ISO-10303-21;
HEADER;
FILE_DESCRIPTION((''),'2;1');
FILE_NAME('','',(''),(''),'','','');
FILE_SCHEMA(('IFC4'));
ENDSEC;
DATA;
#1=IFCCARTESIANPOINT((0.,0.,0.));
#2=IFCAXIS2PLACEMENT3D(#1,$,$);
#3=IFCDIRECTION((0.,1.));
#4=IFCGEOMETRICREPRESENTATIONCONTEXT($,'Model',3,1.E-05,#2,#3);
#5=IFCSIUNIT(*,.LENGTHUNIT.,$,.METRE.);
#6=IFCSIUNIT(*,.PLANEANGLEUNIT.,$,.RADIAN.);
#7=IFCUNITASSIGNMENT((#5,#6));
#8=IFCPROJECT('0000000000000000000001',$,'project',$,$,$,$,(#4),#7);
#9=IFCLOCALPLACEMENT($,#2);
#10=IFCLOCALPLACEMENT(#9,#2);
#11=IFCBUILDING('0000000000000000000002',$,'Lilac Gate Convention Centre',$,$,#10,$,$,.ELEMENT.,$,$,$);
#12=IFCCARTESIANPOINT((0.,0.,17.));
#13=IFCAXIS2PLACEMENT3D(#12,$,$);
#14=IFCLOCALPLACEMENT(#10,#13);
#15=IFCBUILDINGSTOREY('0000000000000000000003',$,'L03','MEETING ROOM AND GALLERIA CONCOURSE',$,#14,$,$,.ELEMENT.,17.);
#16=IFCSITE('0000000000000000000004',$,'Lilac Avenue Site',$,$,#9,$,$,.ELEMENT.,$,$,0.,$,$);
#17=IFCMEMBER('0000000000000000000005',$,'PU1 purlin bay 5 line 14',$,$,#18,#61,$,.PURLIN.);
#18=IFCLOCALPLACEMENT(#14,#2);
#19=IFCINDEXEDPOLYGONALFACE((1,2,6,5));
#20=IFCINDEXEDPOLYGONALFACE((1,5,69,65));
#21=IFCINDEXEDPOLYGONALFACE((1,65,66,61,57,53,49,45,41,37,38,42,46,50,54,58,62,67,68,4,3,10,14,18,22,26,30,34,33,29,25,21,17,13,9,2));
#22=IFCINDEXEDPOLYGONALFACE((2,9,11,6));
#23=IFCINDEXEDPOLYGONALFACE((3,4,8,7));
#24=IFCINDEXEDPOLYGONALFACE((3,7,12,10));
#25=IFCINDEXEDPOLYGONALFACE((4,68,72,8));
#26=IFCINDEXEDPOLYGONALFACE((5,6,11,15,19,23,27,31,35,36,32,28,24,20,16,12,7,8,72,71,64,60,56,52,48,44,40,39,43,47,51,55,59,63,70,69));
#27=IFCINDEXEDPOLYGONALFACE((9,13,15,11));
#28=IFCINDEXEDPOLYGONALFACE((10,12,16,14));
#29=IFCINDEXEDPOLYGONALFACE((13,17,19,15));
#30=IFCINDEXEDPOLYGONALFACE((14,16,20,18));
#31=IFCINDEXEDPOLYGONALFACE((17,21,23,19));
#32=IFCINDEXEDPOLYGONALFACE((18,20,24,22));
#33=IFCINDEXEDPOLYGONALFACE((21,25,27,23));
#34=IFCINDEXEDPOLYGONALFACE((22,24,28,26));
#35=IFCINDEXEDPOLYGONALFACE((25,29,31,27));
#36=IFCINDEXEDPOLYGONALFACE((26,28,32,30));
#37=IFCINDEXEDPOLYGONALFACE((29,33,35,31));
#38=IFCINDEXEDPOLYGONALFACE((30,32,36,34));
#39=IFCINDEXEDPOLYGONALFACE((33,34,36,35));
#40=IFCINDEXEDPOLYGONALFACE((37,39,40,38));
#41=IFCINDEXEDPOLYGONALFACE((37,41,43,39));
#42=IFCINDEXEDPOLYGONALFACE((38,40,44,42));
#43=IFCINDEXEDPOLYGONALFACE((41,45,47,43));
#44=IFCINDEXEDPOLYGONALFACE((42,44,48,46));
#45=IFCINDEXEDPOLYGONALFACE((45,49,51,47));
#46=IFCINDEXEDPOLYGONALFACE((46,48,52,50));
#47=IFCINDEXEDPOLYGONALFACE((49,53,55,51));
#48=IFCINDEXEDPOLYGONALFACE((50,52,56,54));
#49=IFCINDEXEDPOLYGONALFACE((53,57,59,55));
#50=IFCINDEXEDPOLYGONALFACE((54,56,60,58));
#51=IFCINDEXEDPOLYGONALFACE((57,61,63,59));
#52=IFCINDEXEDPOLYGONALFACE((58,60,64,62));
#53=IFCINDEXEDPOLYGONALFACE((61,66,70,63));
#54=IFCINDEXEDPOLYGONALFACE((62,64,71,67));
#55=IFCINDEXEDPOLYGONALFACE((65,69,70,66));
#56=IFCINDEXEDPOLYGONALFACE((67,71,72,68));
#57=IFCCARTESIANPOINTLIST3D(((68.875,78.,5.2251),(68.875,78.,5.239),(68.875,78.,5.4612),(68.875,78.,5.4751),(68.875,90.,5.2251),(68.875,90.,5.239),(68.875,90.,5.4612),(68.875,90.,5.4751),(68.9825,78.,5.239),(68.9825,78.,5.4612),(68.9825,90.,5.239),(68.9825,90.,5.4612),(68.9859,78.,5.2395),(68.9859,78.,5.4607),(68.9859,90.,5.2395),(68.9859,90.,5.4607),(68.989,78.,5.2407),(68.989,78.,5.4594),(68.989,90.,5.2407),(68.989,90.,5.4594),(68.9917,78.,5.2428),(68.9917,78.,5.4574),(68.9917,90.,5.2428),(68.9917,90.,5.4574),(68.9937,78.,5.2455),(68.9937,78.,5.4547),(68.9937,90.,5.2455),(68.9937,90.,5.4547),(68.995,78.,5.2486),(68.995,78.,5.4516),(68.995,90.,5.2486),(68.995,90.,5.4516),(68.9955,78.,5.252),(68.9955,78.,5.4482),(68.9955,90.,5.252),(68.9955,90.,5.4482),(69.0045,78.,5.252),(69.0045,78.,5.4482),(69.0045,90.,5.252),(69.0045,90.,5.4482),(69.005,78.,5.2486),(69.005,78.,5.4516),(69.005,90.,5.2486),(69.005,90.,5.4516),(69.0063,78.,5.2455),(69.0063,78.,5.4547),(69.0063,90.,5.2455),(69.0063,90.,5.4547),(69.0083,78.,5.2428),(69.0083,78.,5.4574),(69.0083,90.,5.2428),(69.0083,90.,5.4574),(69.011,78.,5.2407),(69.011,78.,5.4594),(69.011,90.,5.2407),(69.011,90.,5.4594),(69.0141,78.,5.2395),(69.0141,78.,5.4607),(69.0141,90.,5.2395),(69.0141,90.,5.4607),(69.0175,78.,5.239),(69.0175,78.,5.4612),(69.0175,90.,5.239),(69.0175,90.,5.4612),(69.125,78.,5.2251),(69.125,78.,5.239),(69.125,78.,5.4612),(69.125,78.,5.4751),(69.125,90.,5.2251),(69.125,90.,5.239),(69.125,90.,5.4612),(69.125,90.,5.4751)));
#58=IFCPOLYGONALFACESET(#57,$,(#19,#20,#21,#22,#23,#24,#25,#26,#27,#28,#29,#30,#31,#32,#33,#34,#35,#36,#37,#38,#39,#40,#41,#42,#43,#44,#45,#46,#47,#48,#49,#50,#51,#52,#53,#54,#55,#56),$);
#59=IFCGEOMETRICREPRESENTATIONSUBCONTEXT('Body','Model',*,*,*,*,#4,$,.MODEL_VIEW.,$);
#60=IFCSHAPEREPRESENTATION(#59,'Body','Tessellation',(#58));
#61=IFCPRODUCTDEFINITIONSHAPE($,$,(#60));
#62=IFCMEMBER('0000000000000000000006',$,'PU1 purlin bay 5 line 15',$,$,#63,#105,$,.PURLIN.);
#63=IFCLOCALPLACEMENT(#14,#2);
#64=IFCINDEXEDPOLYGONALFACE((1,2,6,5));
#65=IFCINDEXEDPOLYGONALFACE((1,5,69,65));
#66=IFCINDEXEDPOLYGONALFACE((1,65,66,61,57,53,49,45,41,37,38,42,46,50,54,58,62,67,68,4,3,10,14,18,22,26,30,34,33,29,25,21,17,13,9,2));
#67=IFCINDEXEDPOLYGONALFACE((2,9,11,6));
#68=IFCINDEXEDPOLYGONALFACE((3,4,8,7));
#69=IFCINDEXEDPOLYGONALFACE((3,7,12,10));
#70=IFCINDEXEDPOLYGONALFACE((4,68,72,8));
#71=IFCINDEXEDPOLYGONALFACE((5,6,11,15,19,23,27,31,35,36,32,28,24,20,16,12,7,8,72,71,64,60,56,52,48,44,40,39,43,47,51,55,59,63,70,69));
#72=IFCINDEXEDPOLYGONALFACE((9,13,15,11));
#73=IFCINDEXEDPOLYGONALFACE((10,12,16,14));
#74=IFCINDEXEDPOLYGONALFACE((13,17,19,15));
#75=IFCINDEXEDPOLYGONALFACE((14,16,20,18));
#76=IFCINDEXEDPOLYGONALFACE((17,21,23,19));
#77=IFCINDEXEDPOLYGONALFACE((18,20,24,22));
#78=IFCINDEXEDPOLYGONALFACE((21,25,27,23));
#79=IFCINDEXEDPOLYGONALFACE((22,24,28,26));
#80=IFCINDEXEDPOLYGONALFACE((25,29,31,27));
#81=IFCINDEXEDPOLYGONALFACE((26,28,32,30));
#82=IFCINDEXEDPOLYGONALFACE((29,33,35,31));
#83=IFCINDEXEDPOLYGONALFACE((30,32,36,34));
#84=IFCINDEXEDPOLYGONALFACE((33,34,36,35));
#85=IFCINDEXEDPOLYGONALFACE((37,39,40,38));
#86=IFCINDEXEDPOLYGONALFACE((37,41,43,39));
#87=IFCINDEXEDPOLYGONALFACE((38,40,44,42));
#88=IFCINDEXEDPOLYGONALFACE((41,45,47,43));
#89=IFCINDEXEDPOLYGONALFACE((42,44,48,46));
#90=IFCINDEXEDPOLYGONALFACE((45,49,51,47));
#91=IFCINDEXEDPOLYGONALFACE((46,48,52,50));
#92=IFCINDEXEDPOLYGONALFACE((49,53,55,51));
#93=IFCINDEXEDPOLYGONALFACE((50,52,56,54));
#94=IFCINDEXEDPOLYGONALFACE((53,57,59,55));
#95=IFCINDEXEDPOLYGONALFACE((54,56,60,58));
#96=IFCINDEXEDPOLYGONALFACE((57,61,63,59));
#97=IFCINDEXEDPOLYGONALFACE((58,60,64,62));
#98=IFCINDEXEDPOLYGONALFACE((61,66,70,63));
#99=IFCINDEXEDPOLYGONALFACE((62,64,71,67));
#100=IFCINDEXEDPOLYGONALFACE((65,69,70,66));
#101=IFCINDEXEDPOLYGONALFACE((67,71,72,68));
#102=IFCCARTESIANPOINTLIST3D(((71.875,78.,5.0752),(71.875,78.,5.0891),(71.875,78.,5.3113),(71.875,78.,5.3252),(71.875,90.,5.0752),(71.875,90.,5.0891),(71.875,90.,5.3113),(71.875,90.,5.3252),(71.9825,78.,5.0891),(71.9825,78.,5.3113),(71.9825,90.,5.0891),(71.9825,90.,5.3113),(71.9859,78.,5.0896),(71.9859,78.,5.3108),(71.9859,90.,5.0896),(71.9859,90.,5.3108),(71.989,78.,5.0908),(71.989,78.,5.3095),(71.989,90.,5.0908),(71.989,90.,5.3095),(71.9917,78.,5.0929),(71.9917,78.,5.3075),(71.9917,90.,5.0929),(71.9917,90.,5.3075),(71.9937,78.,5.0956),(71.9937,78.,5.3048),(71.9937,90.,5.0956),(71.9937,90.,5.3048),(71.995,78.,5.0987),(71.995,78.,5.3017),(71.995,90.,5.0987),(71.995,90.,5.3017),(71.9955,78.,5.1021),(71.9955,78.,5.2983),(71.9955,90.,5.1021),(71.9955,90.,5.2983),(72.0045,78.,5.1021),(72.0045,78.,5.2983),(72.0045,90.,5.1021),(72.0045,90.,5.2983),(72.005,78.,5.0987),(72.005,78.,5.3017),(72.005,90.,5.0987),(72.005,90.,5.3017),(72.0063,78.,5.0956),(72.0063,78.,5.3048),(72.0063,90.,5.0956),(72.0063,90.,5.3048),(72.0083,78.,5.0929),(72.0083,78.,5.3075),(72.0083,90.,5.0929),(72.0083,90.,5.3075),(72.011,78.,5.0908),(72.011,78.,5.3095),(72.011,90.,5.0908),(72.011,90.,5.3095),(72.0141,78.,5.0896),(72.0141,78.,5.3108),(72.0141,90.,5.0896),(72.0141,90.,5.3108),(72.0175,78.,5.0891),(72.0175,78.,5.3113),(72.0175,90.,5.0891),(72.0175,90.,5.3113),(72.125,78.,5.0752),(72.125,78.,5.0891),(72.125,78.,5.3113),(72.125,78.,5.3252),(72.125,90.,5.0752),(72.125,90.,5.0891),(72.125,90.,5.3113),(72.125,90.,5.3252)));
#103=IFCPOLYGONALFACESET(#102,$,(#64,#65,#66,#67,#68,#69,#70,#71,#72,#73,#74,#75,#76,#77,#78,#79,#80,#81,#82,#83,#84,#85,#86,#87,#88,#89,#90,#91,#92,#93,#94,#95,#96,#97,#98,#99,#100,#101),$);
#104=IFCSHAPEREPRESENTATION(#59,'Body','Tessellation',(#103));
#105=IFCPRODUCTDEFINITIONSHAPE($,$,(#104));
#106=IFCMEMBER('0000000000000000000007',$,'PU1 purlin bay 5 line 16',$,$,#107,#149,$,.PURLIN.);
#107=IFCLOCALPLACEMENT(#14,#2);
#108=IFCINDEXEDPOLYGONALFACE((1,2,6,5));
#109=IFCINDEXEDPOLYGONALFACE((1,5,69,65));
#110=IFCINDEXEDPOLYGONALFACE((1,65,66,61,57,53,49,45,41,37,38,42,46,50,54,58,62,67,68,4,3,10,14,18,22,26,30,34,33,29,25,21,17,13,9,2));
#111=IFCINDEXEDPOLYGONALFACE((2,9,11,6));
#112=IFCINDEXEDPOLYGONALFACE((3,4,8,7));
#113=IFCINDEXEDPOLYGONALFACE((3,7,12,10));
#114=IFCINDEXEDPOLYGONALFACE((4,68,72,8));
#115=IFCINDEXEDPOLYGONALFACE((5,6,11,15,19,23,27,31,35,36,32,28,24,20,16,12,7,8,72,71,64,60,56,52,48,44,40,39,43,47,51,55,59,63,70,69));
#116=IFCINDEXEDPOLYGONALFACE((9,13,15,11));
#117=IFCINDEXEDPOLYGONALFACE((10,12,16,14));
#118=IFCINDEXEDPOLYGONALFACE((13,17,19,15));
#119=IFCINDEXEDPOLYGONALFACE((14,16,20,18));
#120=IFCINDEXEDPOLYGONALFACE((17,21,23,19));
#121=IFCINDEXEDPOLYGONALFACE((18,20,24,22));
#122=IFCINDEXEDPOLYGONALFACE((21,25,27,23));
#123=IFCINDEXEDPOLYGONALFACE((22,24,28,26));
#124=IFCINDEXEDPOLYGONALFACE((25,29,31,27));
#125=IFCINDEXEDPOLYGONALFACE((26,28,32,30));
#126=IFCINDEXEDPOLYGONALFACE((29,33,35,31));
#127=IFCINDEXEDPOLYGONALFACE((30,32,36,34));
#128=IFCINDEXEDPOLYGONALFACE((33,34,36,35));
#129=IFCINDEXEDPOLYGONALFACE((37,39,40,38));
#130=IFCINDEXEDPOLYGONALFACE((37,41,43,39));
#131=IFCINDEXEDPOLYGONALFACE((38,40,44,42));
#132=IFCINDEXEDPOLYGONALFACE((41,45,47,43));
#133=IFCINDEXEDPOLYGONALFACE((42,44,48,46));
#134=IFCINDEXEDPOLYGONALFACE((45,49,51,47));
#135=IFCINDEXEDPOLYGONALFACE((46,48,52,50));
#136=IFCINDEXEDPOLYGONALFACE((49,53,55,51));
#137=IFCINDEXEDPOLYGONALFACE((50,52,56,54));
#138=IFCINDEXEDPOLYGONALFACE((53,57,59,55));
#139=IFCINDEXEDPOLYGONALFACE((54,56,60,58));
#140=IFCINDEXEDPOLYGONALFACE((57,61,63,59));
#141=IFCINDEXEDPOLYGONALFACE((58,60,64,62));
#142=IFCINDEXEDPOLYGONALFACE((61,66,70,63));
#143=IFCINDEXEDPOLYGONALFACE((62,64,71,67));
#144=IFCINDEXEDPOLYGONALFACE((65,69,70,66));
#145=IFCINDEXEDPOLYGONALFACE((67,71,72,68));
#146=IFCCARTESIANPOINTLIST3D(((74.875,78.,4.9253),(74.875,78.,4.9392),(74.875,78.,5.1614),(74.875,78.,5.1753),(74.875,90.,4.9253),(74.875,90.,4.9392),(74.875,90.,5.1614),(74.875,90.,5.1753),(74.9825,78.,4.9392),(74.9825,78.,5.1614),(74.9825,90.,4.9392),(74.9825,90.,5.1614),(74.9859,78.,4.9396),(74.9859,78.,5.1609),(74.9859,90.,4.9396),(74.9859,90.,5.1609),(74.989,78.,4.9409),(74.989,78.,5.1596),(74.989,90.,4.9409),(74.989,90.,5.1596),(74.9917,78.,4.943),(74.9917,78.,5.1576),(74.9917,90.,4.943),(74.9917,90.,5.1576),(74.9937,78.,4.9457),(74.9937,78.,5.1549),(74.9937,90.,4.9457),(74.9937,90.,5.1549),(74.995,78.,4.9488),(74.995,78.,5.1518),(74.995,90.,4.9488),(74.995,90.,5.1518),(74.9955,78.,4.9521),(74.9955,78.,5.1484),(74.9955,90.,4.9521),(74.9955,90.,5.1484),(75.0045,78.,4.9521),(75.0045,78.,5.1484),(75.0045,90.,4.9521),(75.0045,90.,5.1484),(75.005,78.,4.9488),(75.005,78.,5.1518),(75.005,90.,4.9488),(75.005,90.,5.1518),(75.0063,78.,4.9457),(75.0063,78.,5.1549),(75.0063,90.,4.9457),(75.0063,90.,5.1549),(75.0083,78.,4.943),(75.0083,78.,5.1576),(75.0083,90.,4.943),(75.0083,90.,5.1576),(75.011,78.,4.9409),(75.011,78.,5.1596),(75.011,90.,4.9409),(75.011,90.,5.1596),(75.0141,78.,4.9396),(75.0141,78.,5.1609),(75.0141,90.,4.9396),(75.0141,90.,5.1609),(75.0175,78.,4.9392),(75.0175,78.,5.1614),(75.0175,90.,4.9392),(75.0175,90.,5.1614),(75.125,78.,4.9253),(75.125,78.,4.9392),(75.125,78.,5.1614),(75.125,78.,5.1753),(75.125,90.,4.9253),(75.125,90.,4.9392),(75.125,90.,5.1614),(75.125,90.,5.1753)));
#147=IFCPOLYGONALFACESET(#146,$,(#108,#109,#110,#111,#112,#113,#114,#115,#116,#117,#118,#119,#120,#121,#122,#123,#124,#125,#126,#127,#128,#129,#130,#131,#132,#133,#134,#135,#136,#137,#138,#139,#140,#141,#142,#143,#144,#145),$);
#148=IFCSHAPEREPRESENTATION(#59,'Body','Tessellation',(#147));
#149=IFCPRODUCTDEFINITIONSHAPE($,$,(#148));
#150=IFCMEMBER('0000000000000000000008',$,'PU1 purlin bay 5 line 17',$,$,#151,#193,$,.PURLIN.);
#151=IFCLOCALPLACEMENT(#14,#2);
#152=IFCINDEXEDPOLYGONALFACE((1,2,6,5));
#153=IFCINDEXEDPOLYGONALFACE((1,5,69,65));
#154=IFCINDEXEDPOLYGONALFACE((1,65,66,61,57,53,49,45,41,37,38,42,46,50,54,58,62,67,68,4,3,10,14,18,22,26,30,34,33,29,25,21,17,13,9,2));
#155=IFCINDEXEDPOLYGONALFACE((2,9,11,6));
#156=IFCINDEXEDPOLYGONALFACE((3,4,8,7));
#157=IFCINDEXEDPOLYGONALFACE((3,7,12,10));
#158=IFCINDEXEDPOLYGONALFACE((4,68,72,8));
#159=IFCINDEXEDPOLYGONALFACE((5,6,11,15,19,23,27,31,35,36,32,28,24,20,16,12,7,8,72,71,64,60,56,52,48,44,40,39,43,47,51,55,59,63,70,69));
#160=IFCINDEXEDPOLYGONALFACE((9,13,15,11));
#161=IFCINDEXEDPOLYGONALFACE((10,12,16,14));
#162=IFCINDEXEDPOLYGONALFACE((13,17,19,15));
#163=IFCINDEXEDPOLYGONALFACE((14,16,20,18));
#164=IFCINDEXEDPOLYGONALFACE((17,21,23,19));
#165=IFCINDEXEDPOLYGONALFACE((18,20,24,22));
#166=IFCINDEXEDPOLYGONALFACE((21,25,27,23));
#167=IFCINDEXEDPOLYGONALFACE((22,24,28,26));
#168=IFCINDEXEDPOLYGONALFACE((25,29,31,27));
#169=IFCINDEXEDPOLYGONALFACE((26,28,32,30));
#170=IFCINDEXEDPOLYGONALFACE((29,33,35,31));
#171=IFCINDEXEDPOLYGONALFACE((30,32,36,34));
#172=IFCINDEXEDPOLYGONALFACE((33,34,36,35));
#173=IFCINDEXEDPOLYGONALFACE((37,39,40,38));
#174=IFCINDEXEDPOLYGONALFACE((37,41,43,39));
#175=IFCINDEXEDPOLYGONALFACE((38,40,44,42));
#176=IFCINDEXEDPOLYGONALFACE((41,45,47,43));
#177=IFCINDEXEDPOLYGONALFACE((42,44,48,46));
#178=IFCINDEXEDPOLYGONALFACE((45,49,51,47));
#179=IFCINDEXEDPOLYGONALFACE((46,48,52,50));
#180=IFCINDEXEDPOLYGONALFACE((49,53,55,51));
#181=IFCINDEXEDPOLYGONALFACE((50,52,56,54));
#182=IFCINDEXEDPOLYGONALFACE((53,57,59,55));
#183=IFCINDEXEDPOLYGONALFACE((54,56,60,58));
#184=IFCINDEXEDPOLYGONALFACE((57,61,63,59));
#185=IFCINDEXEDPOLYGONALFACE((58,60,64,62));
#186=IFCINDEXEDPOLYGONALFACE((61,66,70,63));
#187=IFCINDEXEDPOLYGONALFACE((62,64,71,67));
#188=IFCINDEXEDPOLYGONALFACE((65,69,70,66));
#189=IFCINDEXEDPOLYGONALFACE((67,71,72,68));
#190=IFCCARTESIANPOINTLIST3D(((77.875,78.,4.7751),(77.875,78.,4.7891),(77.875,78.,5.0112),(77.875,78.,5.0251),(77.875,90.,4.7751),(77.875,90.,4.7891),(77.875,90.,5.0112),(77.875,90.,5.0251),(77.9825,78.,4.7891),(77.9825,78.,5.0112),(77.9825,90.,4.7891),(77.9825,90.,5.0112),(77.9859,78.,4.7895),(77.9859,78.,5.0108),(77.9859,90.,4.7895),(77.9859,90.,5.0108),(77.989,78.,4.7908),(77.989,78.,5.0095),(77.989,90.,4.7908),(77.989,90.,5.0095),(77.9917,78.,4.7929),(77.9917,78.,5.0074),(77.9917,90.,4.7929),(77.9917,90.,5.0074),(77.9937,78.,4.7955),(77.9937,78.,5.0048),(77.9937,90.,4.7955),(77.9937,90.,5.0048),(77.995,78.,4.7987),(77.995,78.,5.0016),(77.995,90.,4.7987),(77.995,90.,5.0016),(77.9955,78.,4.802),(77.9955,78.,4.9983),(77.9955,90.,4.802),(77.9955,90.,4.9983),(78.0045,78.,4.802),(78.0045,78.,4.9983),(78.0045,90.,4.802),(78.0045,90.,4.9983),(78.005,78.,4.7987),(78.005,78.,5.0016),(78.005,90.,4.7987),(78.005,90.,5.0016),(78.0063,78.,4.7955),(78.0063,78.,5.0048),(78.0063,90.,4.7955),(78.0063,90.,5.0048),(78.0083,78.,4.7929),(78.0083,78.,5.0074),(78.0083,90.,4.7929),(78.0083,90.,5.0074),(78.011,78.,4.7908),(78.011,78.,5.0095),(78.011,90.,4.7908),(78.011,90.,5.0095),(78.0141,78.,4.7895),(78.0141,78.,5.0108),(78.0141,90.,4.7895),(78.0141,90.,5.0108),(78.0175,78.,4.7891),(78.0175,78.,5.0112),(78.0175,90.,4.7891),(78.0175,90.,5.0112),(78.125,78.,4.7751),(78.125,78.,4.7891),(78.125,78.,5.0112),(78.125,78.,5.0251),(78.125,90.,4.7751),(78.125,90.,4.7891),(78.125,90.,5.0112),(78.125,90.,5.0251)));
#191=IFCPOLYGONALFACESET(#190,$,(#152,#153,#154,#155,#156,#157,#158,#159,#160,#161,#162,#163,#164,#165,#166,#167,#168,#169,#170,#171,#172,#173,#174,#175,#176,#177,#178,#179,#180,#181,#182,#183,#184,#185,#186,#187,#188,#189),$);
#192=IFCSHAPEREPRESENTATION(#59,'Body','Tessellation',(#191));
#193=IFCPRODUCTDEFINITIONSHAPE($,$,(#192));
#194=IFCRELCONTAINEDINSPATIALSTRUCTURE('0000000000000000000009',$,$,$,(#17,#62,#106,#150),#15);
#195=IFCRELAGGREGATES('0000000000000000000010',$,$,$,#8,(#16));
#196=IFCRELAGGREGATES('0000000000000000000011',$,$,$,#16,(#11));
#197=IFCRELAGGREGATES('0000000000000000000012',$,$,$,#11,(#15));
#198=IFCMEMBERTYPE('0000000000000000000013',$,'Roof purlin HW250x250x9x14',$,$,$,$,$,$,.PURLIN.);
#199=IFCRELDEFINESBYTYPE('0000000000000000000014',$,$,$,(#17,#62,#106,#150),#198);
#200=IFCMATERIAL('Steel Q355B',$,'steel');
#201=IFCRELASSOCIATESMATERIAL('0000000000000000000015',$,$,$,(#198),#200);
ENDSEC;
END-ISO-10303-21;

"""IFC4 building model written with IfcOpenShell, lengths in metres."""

from ifc_helpers import new_model, si_unit, direction, frame, origin, origin_2d, place, context, subcontext, project, spatial, i_section, extrude, material, material_profile, profile_set, type_object, element, save


model = new_model("IFC4")

# Units and contexts
model_context = context("Model", 3, precision=1e-05, world=origin(), true_north=direction((0.0, 1.0)))
body_context = subcontext(model_context, "Body", "Model", "MODEL_VIEW")
ifc_project = project(units=[si_unit("LENGTHUNIT", "METRE"), si_unit("PLANEANGLEUNIT", "RADIAN")], contexts=[model_context])

# Site, building, storey
site_placement = place(None, origin())
site = spatial("IfcSite", under=ifc_project, at=site_placement, Name="Lilac Avenue Site", CompositionType="ELEMENT", RefElevation=0.0)
building_placement = place(site_placement, origin())
building = spatial("IfcBuilding", under=site, at=building_placement, Name="Lilac Gate Convention Centre", CompositionType="ELEMENT")
storey_placement = place(building_placement, frame((0.0, 0.0, 17.0)))
storey = spatial("IfcBuildingStorey", under=building, at=storey_placement, Name="L03", Description="MEETING ROOM AND GALLERIA CONCOURSE", CompositionType="ELEMENT", Elevation=17.0)

# Members
ifc_material = material(Name="Steel Q355B", Category="steel")
ifc_material_profile_1 = material_profile(ifc_material, i_section(OverallWidth=0.25, OverallDepth=0.25, WebThickness=0.009, FlangeThickness=0.0139, FilletRadius=0.0129, at=origin_2d()), Name="HW250x250x9x14")
ifc_profile_set_1 = profile_set([ifc_material_profile_1], Name="Steel Q355B")
member_type_1 = type_object("IfcMemberType", Name="Roof purlin HW250x250x9x14", PredefinedType="PURLIN", material=ifc_profile_set_1)
for number, where, z_axis, x_axis, name in (
    (1, (69.0, 78.0, 5.3501), (0.0, 1.0, 0.0), (-1.0, 0.0, 0.0), "PU1 purlin bay 5 line 14"),
    (2, (72.0, 78.0, 5.2002), (0.0, 1.0, 0.0), (-1.0, 0.0, 0.0), "PU1 purlin bay 5 line 15"),
    (3, (75.0, 78.0, 5.0503), (0.0, 1.0, 0.0), (-1.0, 0.0, 0.0), "PU1 purlin bay 5 line 16"),
    (4, (78.0, 78.0, 4.9001), (0.0, 1.0, 0.0), (-1.0, 0.0, 0.0), "PU1 purlin bay 5 line 17"),
):
    element("IfcMember", number, at=place(storey_placement, frame(where, z_axis=z_axis, x_axis=x_axis)), inside=storey, type_object=member_type_1, Name=name, PredefinedType="PURLIN", context=body_context, shape_type="SweptSolid", body=[
        extrude(i_section(OverallWidth=0.25, OverallDepth=0.25, WebThickness=0.009, FlangeThickness=0.0139, FilletRadius=0.0129, at=origin_2d()), origin(), (0.0, 0.0, 1.0), 12.0),
    ])

save(model, "model.ifc")
